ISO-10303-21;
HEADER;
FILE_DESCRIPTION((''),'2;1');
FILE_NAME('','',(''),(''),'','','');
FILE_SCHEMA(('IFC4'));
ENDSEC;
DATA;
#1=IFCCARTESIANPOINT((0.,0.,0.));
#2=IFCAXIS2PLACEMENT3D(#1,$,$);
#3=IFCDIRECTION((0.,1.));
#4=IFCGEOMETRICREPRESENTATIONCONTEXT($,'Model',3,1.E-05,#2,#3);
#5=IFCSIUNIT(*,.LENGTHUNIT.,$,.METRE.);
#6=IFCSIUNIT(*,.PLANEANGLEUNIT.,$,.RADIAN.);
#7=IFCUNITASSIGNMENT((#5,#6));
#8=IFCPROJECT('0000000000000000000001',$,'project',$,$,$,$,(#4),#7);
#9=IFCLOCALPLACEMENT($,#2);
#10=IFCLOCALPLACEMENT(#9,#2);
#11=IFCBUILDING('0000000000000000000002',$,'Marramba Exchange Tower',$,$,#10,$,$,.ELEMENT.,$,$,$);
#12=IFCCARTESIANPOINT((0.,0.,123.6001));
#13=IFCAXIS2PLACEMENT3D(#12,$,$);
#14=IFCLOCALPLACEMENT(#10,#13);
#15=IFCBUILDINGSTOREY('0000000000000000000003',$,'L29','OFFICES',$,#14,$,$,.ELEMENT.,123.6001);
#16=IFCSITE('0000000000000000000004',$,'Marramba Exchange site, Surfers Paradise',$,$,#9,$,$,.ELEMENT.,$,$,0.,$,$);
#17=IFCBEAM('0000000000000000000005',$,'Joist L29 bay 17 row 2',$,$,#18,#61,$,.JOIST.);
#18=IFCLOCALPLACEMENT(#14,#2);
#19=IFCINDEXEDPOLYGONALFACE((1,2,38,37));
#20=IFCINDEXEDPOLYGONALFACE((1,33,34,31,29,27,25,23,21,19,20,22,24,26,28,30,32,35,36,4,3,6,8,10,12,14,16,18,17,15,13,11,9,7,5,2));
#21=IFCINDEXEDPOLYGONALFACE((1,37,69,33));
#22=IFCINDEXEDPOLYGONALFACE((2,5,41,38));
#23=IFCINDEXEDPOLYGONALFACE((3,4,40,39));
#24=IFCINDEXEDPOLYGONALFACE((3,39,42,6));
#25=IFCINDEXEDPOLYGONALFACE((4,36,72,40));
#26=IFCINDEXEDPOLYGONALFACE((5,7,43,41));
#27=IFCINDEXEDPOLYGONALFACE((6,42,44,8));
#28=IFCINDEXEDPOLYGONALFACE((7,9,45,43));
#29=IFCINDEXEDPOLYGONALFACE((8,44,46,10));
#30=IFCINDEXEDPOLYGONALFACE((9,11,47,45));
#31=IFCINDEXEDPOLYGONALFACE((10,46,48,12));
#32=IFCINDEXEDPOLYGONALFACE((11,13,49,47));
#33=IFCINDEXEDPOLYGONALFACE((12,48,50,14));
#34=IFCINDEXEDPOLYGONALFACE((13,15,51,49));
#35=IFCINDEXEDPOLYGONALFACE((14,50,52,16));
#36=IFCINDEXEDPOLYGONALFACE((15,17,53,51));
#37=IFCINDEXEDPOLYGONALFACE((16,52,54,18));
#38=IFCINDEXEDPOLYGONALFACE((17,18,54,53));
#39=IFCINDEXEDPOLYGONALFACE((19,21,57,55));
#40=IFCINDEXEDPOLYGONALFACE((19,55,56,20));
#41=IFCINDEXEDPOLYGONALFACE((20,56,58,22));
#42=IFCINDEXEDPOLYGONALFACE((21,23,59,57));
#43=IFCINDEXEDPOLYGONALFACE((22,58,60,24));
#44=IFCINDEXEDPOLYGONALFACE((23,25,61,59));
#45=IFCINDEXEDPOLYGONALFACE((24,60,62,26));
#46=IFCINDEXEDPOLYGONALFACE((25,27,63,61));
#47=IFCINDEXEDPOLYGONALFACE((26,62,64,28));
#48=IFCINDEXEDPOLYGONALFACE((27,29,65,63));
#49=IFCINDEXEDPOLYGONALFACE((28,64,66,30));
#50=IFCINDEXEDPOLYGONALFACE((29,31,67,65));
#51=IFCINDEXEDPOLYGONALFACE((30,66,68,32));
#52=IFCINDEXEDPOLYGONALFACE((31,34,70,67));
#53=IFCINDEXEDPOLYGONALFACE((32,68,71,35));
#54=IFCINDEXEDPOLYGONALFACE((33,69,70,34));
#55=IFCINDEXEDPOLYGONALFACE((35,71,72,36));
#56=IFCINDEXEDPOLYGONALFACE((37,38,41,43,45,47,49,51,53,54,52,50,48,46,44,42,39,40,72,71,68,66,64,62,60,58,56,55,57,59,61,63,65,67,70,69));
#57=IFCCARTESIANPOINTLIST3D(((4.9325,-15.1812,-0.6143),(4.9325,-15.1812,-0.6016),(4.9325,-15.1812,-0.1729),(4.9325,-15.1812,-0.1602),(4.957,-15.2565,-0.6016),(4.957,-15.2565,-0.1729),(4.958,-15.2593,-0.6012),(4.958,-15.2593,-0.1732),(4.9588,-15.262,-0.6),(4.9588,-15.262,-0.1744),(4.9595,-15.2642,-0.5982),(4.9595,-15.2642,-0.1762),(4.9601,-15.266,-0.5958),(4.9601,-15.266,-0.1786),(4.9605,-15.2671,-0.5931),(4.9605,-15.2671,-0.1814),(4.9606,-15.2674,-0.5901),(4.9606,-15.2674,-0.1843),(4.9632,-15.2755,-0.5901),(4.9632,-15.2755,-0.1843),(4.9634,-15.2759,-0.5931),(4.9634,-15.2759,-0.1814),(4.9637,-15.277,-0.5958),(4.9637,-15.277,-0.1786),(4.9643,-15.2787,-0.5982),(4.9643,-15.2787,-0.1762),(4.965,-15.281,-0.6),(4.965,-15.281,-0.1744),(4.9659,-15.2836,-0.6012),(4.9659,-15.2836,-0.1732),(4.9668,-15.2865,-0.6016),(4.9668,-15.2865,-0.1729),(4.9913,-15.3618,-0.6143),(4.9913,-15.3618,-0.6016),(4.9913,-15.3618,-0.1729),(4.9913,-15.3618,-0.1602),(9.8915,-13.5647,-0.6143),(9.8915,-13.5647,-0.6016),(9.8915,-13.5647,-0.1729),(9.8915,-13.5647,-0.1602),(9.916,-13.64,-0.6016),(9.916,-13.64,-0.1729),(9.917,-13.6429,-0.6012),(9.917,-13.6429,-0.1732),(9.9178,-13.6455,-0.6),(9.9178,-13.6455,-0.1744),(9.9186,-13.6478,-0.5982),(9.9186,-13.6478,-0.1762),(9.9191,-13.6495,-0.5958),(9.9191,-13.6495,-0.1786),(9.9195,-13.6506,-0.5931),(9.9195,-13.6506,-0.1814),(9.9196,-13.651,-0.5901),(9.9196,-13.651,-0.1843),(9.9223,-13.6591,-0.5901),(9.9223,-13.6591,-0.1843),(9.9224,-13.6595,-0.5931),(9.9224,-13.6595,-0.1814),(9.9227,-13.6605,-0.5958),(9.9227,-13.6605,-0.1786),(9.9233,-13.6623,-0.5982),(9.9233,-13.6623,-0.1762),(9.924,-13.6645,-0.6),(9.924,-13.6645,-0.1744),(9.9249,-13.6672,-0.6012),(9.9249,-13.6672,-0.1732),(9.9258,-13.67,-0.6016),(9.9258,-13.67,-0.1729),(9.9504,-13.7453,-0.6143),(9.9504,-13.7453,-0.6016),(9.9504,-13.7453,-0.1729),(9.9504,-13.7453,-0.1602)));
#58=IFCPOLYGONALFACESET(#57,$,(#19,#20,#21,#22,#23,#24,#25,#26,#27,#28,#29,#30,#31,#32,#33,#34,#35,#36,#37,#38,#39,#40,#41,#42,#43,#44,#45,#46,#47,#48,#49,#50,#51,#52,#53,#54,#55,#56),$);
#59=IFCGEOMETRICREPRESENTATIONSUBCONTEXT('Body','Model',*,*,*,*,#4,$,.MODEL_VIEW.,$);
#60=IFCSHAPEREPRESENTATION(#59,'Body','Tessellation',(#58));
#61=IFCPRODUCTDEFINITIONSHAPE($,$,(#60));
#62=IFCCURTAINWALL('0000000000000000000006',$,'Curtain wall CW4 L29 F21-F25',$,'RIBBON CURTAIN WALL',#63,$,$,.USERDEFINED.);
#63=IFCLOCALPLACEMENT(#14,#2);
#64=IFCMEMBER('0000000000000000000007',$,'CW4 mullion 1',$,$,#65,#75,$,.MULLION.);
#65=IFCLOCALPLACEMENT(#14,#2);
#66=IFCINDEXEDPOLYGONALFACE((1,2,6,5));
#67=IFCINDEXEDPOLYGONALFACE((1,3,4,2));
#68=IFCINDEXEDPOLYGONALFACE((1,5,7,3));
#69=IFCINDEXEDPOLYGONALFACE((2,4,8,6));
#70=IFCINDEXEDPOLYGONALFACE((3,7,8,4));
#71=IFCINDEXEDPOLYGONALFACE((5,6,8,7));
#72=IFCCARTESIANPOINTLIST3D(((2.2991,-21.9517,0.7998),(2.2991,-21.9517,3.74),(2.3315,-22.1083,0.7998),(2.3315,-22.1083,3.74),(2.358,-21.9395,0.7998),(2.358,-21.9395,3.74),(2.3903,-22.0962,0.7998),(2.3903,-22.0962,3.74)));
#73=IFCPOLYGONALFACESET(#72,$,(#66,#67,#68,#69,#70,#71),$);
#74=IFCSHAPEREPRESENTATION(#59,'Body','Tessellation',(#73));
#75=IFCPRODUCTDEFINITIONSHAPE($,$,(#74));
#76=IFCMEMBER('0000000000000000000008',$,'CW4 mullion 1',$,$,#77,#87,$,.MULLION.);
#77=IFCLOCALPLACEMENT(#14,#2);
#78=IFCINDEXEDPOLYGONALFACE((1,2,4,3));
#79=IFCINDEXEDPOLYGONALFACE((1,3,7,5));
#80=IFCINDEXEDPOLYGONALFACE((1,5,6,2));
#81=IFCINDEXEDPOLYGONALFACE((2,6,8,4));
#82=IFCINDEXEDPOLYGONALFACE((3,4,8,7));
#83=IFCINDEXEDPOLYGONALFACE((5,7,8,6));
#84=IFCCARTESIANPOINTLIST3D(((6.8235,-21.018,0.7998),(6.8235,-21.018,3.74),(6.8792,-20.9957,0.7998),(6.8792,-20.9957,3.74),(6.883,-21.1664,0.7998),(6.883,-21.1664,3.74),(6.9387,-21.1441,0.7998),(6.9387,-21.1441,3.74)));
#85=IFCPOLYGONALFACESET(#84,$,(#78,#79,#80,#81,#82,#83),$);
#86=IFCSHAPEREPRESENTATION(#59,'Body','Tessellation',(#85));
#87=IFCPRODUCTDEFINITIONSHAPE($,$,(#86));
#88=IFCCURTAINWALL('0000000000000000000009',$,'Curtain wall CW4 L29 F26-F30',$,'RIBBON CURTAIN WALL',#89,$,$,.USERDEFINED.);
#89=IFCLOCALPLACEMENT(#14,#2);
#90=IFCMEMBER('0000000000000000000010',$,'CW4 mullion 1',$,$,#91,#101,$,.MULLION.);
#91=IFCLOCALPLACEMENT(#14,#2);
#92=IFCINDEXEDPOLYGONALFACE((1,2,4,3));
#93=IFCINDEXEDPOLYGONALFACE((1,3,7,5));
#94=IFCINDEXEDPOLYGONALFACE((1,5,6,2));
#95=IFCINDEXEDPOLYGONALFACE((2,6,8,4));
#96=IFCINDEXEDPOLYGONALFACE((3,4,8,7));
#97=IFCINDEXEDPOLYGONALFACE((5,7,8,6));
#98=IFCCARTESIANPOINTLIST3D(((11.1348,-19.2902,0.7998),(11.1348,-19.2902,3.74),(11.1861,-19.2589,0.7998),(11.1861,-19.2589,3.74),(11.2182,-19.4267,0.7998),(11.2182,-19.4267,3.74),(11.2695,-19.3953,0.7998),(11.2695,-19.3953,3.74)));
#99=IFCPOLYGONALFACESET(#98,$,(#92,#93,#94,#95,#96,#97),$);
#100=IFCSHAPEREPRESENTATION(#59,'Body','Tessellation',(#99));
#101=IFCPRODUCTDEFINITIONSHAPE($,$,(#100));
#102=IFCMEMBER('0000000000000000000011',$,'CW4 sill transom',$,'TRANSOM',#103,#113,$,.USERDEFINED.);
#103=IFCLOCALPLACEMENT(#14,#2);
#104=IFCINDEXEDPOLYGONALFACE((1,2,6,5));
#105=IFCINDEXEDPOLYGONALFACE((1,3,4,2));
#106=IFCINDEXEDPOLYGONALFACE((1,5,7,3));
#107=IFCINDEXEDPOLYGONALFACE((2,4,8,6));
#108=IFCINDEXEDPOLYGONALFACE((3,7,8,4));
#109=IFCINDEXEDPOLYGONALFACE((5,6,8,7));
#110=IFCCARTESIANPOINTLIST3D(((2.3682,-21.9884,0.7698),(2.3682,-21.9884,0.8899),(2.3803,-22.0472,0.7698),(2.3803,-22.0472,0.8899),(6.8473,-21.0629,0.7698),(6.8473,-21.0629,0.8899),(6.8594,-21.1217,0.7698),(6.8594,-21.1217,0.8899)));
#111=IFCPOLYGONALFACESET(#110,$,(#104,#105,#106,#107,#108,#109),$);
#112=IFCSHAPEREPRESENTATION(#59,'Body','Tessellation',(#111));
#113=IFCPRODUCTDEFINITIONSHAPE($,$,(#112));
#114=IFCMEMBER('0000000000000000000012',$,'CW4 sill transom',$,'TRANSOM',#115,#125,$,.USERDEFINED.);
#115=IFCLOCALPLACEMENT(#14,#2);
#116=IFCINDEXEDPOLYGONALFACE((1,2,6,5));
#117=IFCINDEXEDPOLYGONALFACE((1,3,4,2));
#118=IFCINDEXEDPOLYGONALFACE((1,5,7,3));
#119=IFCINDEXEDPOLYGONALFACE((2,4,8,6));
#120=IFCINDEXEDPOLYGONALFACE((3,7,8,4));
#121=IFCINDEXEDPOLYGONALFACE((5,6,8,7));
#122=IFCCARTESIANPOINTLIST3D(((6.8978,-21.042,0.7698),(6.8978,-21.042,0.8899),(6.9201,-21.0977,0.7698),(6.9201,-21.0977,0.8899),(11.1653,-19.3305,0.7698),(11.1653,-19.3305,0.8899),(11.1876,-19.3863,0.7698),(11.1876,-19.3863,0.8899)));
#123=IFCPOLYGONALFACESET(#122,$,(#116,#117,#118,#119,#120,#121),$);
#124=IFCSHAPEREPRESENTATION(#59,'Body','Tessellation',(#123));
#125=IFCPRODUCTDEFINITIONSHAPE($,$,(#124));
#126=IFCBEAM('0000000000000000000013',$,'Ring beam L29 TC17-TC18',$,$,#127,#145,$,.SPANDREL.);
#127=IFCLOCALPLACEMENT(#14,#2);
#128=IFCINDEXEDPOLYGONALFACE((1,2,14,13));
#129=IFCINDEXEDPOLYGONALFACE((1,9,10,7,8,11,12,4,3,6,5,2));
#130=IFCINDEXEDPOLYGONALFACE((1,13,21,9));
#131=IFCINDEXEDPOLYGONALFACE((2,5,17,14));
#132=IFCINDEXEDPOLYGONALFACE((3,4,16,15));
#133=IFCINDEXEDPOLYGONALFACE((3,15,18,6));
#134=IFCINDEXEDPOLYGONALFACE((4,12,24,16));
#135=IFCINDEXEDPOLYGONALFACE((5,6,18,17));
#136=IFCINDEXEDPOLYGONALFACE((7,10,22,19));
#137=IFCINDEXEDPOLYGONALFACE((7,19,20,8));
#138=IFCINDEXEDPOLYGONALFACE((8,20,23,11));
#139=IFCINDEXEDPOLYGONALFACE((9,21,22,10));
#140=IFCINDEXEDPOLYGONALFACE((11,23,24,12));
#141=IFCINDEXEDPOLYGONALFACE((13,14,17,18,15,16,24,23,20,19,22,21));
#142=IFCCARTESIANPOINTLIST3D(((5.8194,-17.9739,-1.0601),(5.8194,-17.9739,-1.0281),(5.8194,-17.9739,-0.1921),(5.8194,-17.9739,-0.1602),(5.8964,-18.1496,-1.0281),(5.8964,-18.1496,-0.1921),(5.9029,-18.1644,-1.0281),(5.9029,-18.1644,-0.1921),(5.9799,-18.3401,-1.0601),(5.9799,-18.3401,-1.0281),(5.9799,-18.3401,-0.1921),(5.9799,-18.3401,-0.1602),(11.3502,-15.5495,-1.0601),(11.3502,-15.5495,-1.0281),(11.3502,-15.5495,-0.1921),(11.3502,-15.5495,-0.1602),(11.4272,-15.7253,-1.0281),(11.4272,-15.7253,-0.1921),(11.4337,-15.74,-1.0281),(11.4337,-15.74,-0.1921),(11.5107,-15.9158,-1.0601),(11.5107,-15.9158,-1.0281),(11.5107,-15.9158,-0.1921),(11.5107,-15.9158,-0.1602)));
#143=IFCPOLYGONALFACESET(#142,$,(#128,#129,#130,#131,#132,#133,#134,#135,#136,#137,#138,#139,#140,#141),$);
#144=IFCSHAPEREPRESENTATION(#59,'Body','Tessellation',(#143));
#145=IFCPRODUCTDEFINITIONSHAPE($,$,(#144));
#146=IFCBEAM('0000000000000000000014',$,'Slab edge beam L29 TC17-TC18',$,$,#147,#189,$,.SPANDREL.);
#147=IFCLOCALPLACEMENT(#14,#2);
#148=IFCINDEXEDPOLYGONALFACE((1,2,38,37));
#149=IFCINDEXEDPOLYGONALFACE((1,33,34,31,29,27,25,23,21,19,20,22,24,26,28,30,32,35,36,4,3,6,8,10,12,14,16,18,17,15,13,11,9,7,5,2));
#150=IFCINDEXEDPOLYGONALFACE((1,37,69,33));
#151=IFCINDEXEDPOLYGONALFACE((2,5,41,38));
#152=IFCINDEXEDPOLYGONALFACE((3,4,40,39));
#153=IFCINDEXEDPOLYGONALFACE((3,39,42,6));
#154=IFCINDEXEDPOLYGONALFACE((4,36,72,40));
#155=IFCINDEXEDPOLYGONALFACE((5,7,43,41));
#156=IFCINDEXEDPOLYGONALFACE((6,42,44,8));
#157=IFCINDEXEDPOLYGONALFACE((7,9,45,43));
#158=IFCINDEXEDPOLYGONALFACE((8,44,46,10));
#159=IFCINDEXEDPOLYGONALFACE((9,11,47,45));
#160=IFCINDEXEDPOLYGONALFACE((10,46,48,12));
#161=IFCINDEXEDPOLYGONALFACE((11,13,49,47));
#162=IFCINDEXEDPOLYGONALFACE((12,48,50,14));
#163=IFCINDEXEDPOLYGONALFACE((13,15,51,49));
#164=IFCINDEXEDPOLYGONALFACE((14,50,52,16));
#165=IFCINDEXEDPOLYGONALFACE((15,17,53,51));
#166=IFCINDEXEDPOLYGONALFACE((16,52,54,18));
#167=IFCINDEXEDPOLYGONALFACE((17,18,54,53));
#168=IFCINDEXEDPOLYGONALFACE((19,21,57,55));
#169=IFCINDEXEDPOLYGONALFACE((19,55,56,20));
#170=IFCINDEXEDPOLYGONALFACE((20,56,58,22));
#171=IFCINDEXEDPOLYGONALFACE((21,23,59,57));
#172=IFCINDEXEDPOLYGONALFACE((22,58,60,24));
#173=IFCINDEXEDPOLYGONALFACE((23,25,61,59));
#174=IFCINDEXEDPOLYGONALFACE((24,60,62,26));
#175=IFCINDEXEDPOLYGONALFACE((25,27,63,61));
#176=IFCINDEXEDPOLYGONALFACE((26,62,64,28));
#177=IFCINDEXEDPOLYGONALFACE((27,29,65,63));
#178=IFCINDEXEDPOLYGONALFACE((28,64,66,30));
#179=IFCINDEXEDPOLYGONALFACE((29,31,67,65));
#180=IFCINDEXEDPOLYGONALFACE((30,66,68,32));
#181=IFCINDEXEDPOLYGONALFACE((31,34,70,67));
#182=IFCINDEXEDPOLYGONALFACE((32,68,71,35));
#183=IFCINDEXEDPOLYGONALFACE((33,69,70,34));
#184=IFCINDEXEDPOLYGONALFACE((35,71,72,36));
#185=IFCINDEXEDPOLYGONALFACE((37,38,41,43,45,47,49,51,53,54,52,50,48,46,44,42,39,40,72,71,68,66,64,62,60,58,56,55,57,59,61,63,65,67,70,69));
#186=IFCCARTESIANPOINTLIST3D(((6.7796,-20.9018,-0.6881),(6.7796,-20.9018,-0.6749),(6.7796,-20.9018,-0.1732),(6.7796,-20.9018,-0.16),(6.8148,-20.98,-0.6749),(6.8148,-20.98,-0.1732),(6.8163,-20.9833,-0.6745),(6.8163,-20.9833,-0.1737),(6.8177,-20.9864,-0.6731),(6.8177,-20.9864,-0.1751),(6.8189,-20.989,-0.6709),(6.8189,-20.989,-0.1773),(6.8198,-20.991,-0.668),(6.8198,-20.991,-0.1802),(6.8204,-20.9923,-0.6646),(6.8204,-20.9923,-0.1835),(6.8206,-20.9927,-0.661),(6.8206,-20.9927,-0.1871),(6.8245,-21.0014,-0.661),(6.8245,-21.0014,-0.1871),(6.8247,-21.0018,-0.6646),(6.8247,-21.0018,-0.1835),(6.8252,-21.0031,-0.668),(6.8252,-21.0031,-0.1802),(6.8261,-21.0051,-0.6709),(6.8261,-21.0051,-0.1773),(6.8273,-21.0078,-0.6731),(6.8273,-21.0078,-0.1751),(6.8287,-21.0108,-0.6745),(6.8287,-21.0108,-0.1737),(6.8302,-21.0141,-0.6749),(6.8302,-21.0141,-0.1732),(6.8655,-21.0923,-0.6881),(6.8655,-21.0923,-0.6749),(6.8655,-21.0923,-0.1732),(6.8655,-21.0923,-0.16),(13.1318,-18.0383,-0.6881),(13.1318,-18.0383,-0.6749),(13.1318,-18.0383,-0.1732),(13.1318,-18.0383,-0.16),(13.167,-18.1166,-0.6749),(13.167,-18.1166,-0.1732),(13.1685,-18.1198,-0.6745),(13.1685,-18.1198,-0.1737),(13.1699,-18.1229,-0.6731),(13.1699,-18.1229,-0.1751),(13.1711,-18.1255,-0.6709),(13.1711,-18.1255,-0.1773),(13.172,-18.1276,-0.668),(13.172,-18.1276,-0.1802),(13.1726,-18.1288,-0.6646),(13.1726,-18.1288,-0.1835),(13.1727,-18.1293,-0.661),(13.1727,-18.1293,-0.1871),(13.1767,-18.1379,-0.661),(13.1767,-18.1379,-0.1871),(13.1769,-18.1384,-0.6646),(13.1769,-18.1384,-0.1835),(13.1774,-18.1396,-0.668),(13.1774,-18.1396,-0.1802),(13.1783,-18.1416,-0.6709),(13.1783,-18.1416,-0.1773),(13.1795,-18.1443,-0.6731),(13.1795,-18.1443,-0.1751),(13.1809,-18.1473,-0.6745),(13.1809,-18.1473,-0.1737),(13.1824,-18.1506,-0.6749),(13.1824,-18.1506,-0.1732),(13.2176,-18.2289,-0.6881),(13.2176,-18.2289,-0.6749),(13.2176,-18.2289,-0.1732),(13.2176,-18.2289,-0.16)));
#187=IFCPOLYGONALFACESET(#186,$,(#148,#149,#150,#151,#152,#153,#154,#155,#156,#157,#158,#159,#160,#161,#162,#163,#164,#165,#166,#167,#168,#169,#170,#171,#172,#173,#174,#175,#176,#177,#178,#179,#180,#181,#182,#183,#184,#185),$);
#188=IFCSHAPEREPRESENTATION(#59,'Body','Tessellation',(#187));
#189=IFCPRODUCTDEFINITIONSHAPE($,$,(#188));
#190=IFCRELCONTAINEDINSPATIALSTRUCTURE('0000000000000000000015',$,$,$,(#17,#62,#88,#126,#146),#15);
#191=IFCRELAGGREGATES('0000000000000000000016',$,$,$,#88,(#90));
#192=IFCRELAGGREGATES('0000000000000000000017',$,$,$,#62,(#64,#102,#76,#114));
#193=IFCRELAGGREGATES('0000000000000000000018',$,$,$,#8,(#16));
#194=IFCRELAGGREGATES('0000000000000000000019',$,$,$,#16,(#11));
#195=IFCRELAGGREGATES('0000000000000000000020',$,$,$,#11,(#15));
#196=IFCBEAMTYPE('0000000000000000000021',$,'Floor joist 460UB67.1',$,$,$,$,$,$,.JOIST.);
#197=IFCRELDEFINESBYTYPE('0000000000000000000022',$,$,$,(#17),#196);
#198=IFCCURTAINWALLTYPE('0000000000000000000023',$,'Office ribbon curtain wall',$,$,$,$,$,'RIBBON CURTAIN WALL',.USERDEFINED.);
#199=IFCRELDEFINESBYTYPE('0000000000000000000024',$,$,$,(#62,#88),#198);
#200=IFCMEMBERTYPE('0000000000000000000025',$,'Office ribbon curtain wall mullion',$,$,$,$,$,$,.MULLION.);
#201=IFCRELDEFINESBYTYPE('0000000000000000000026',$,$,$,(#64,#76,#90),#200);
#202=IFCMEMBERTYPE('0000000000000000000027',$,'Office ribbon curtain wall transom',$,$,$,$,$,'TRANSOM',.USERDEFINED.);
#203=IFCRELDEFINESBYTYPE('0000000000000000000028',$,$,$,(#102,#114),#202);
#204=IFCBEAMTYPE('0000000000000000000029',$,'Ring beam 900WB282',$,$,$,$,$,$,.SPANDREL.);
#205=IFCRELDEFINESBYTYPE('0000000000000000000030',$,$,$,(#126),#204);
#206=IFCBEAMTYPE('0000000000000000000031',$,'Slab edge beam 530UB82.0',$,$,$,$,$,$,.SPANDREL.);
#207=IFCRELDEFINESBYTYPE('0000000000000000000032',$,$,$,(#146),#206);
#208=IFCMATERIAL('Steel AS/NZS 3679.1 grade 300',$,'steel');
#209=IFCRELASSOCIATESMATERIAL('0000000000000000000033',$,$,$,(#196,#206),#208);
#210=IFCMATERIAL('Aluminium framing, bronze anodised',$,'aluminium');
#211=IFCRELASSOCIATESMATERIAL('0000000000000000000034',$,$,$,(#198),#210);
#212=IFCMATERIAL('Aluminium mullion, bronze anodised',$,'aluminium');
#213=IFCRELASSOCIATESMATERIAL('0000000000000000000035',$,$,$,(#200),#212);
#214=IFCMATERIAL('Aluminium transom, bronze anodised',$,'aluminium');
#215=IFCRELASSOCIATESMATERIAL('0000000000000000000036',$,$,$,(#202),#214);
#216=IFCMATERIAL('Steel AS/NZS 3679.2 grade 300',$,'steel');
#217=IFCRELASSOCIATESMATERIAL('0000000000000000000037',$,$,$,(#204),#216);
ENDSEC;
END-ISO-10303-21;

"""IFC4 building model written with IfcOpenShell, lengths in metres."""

from ifc_helpers import new_model, si_unit, direction, frame, origin, origin_2d, place, context, subcontext, project, spatial, rectangle, i_section, extrude, material, material_profile, profile_set, type_object, element, aggregate, save


model = new_model("IFC4")

# Units and contexts
model_context = context("Model", 3, precision=1e-05, world=origin(), true_north=direction((0.0, 1.0)))
body_context = subcontext(model_context, "Body", "Model", "MODEL_VIEW")
ifc_project = project(units=[si_unit("LENGTHUNIT", "METRE"), si_unit("PLANEANGLEUNIT", "RADIAN")], contexts=[model_context])

# Site, building, storey
site_placement = place(None, origin())
site = spatial("IfcSite", under=ifc_project, at=site_placement, Name="Marramba Exchange site, Surfers Paradise", CompositionType="ELEMENT", RefElevation=0.0)
building_placement = place(site_placement, origin())
building = spatial("IfcBuilding", under=site, at=building_placement, Name="Marramba Exchange Tower", CompositionType="ELEMENT")
storey_placement = place(building_placement, frame((0.0, 0.0, 123.6001)))
storey = spatial("IfcBuildingStorey", under=building, at=storey_placement, Name="L29", Description="OFFICES", CompositionType="ELEMENT", Elevation=123.6001)

# Beam
ifc_material_1 = material(Name="Steel AS/NZS 3679.2 grade 300", Category="steel")
ifc_material_2 = material(Name="Steel AS/NZS 3679.1 grade 300", Category="steel")
ifc_material_profile_1 = material_profile(ifc_material_2, i_section(OverallWidth=0.1899, OverallDepth=0.4541, WebThickness=0.0085, FlangeThickness=0.0127, FilletRadius=0.0115, at=origin_2d()), Name="460UB67.1")
ifc_profile_set_1 = profile_set([ifc_material_profile_1], Name="Steel AS/NZS 3679.1 grade 300")
beam_type_1 = type_object("IfcBeamType", Name="Floor joist 460UB67.1", PredefinedType="JOIST", material=ifc_profile_set_1)
beam_1_placement = place(storey_placement, frame((4.9619, -15.2715, -0.3872), z_axis=(0.950764, 0.309916, 0.0), x_axis=(-0.309916, 0.950764, 0.0)))
element("IfcBeam", 1, at=beam_1_placement, inside=storey, type_object=beam_type_1, Name="Joist L29 bay 17 row 2", PredefinedType="JOIST", context=body_context, shape_type="SweptSolid", body=[
    extrude(i_section(OverallWidth=0.1899, OverallDepth=0.4541, WebThickness=0.0085, FlangeThickness=0.0127, FilletRadius=0.0115, at=origin_2d()), origin(), (0.0, 0.0, 1.0), 5.2158),
])

# Curtain wall, members
ifc_material_3 = material(Name="Aluminium framing, bronze anodised", Category="aluminium")
curtain_wall_type = type_object("IfcCurtainWallType", Name="Office ribbon curtain wall", ElementType="RIBBON CURTAIN WALL", PredefinedType="USERDEFINED", material=ifc_material_3)
curtain_wall_1_placement = place(storey_placement, origin())
curtain_wall_1 = element("IfcCurtainWall", 2, at=curtain_wall_1_placement, inside=storey, type_object=curtain_wall_type, Name="Curtain wall CW4 L29 F21-F25", ObjectType="RIBBON CURTAIN WALL", PredefinedType="USERDEFINED")
ifc_material_4 = material(Name="Aluminium mullion, bronze anodised", Category="aluminium")
ifc_material_profile_2 = material_profile(ifc_material_4, rectangle(XDim=0.1599, YDim=0.0601, at=origin_2d()), Name="CW4 mullion 60x160")
ifc_profile_set_2 = profile_set([ifc_material_profile_2], Name="Aluminium mullion, bronze anodised")
member_type_1 = type_object("IfcMemberType", Name="Office ribbon curtain wall mullion", PredefinedType="MULLION", material=ifc_profile_set_2)
member_1_placement = place(storey_placement, frame((2.3447, -22.0239, 0.7998), z_axis=(0.0, 0.0, 1.0), x_axis=(-0.202365, 0.97931, 0.0)))
member_1 = element("IfcMember", 3, at=member_1_placement, type_object=member_type_1, Name="CW4 mullion 1", PredefinedType="MULLION", context=body_context, shape_type="SweptSolid", body=[
    extrude(rectangle(XDim=0.1599, YDim=0.0601, at=origin_2d()), origin(), (0.0, 0.0, 1.0), 2.9402),
])
member_2_placement = place(storey_placement, frame((6.8811, -21.0811, 0.7998), z_axis=(0.0, 0.0, 1.0), x_axis=(-0.372209, 0.928149, 0.0)))
member_2 = element("IfcMember", 4, at=member_2_placement, type_object=member_type_1, Name="CW4 mullion 1", PredefinedType="MULLION", context=body_context, shape_type="SweptSolid", body=[
    extrude(rectangle(XDim=0.1599, YDim=0.0601, at=origin_2d()), origin(), (0.0, 0.0, 1.0), 2.9402),
])

# Curtain wall, member
curtain_wall_2_placement = place(storey_placement, origin())
curtain_wall_2 = element("IfcCurtainWall", 5, at=curtain_wall_2_placement, inside=storey, type_object=curtain_wall_type, Name="Curtain wall CW4 L29 F26-F30", ObjectType="RIBBON CURTAIN WALL", PredefinedType="USERDEFINED")
member_3_placement = place(storey_placement, frame((11.2021, -19.3428, 0.7998), z_axis=(0.0, 0.0, 1.0), x_axis=(-0.521733, 0.853109, 0.0)))
member_3 = element("IfcMember", 6, at=member_3_placement, type_object=member_type_1, Name="CW4 mullion 1", PredefinedType="MULLION", context=body_context, shape_type="SweptSolid", body=[
    extrude(rectangle(XDim=0.1599, YDim=0.0601, at=origin_2d()), origin(), (0.0, 0.0, 1.0), 2.9402),
])
aggregate(curtain_wall_2, [member_3])

# Members
ifc_material_5 = material(Name="Aluminium transom, bronze anodised", Category="aluminium")
ifc_material_profile_3 = material_profile(ifc_material_5, rectangle(XDim=0.0601, YDim=0.1201, at=origin_2d()), Name="CW4 transom 60x120")
ifc_profile_set_3 = profile_set([ifc_material_profile_3], Name="Aluminium transom, bronze anodised")
member_type_2 = type_object("IfcMemberType", Name="Office ribbon curtain wall transom", ElementType="TRANSOM", PredefinedType="USERDEFINED", material=ifc_profile_set_3)
member_4_placement = place(storey_placement, frame((2.3743, -22.0178, 0.8298), z_axis=(0.97931, 0.202364, 0.0), x_axis=(-0.202364, 0.97931, 0.0)))
member_4 = element("IfcMember", 7, at=member_4_placement, type_object=member_type_2, Name="CW4 sill transom", ObjectType="TRANSOM", PredefinedType="USERDEFINED", context=body_context, shape_type="SweptSolid", body=[
    extrude(rectangle(XDim=0.0601, YDim=0.1201, at=origin_2d()), origin(), (0.0, 0.0, 1.0), 4.5737),
])
member_5_placement = place(storey_placement, frame((6.9089, -21.0698, 0.8298), z_axis=(0.928147, 0.372214, 0.0), x_axis=(-0.372214, 0.928147, 0.0)))
member_5 = element("IfcMember", 8, at=member_5_placement, type_object=member_type_2, Name="CW4 sill transom", ObjectType="TRANSOM", PredefinedType="USERDEFINED", context=body_context, shape_type="SweptSolid", body=[
    extrude(rectangle(XDim=0.0601, YDim=0.1201, at=origin_2d()), origin(), (0.0, 0.0, 1.0), 4.5979),
])

# Beams
ifc_material_profile_4 = material_profile(ifc_material_1, i_section(OverallWidth=0.3999, OverallDepth=0.8999, WebThickness=0.0161, FlangeThickness=0.032, at=origin_2d()), Name="900WB282")
ifc_profile_set_4 = profile_set([ifc_material_profile_4], Name="Steel AS/NZS 3679.2 grade 300")
beam_type_2 = type_object("IfcBeamType", Name="Ring beam 900WB282", PredefinedType="SPANDREL", material=ifc_profile_set_4)
beam_2_placement = place(storey_placement, frame((5.8997, -18.157, -0.6101), z_axis=(0.915877, 0.401459, 0.0), x_axis=(-0.401459, 0.915877, 0.0)))
element("IfcBeam", 9, at=beam_2_placement, inside=storey, type_object=beam_type_2, Name="Ring beam L29 TC17-TC18", PredefinedType="SPANDREL", context=body_context, shape_type="SweptSolid", body=[
    extrude(i_section(OverallWidth=0.3999, OverallDepth=0.8999, WebThickness=0.0161, FlangeThickness=0.032, at=origin_2d()), origin(), (0.0, 0.0, 1.0), 6.0388),
])
ifc_material_profile_5 = material_profile(ifc_material_2, i_section(OverallWidth=0.209, OverallDepth=0.5281, WebThickness=0.0095, FlangeThickness=0.0132, FilletRadius=0.0139, at=origin_2d()), Name="530UB82.0")
ifc_profile_set_5 = profile_set([ifc_material_profile_5], Name="Steel AS/NZS 3679.1 grade 300")
beam_type_3 = type_object("IfcBeamType", Name="Slab edge beam 530UB82.0", PredefinedType="SPANDREL", material=ifc_profile_set_5)
beam_3_placement = place(storey_placement, frame((6.8225, -20.9971, -0.4241), z_axis=(0.911653, 0.41096, 0.0), x_axis=(-0.41096, 0.911653, 0.0)))
element("IfcBeam", 10, at=beam_3_placement, inside=storey, type_object=beam_type_3, Name="Slab edge beam L29 TC17-TC18", PredefinedType="SPANDREL", context=body_context, shape_type="SweptSolid", body=[
    extrude(i_section(OverallWidth=0.209, OverallDepth=0.5281, WebThickness=0.0095, FlangeThickness=0.0132, FilletRadius=0.0139, at=origin_2d()), origin(), (0.0, 0.0, 1.0), 6.9678),
])

aggregate(curtain_wall_1, [member_1, member_4, member_2, member_5])

save(model, "model.ifc")
